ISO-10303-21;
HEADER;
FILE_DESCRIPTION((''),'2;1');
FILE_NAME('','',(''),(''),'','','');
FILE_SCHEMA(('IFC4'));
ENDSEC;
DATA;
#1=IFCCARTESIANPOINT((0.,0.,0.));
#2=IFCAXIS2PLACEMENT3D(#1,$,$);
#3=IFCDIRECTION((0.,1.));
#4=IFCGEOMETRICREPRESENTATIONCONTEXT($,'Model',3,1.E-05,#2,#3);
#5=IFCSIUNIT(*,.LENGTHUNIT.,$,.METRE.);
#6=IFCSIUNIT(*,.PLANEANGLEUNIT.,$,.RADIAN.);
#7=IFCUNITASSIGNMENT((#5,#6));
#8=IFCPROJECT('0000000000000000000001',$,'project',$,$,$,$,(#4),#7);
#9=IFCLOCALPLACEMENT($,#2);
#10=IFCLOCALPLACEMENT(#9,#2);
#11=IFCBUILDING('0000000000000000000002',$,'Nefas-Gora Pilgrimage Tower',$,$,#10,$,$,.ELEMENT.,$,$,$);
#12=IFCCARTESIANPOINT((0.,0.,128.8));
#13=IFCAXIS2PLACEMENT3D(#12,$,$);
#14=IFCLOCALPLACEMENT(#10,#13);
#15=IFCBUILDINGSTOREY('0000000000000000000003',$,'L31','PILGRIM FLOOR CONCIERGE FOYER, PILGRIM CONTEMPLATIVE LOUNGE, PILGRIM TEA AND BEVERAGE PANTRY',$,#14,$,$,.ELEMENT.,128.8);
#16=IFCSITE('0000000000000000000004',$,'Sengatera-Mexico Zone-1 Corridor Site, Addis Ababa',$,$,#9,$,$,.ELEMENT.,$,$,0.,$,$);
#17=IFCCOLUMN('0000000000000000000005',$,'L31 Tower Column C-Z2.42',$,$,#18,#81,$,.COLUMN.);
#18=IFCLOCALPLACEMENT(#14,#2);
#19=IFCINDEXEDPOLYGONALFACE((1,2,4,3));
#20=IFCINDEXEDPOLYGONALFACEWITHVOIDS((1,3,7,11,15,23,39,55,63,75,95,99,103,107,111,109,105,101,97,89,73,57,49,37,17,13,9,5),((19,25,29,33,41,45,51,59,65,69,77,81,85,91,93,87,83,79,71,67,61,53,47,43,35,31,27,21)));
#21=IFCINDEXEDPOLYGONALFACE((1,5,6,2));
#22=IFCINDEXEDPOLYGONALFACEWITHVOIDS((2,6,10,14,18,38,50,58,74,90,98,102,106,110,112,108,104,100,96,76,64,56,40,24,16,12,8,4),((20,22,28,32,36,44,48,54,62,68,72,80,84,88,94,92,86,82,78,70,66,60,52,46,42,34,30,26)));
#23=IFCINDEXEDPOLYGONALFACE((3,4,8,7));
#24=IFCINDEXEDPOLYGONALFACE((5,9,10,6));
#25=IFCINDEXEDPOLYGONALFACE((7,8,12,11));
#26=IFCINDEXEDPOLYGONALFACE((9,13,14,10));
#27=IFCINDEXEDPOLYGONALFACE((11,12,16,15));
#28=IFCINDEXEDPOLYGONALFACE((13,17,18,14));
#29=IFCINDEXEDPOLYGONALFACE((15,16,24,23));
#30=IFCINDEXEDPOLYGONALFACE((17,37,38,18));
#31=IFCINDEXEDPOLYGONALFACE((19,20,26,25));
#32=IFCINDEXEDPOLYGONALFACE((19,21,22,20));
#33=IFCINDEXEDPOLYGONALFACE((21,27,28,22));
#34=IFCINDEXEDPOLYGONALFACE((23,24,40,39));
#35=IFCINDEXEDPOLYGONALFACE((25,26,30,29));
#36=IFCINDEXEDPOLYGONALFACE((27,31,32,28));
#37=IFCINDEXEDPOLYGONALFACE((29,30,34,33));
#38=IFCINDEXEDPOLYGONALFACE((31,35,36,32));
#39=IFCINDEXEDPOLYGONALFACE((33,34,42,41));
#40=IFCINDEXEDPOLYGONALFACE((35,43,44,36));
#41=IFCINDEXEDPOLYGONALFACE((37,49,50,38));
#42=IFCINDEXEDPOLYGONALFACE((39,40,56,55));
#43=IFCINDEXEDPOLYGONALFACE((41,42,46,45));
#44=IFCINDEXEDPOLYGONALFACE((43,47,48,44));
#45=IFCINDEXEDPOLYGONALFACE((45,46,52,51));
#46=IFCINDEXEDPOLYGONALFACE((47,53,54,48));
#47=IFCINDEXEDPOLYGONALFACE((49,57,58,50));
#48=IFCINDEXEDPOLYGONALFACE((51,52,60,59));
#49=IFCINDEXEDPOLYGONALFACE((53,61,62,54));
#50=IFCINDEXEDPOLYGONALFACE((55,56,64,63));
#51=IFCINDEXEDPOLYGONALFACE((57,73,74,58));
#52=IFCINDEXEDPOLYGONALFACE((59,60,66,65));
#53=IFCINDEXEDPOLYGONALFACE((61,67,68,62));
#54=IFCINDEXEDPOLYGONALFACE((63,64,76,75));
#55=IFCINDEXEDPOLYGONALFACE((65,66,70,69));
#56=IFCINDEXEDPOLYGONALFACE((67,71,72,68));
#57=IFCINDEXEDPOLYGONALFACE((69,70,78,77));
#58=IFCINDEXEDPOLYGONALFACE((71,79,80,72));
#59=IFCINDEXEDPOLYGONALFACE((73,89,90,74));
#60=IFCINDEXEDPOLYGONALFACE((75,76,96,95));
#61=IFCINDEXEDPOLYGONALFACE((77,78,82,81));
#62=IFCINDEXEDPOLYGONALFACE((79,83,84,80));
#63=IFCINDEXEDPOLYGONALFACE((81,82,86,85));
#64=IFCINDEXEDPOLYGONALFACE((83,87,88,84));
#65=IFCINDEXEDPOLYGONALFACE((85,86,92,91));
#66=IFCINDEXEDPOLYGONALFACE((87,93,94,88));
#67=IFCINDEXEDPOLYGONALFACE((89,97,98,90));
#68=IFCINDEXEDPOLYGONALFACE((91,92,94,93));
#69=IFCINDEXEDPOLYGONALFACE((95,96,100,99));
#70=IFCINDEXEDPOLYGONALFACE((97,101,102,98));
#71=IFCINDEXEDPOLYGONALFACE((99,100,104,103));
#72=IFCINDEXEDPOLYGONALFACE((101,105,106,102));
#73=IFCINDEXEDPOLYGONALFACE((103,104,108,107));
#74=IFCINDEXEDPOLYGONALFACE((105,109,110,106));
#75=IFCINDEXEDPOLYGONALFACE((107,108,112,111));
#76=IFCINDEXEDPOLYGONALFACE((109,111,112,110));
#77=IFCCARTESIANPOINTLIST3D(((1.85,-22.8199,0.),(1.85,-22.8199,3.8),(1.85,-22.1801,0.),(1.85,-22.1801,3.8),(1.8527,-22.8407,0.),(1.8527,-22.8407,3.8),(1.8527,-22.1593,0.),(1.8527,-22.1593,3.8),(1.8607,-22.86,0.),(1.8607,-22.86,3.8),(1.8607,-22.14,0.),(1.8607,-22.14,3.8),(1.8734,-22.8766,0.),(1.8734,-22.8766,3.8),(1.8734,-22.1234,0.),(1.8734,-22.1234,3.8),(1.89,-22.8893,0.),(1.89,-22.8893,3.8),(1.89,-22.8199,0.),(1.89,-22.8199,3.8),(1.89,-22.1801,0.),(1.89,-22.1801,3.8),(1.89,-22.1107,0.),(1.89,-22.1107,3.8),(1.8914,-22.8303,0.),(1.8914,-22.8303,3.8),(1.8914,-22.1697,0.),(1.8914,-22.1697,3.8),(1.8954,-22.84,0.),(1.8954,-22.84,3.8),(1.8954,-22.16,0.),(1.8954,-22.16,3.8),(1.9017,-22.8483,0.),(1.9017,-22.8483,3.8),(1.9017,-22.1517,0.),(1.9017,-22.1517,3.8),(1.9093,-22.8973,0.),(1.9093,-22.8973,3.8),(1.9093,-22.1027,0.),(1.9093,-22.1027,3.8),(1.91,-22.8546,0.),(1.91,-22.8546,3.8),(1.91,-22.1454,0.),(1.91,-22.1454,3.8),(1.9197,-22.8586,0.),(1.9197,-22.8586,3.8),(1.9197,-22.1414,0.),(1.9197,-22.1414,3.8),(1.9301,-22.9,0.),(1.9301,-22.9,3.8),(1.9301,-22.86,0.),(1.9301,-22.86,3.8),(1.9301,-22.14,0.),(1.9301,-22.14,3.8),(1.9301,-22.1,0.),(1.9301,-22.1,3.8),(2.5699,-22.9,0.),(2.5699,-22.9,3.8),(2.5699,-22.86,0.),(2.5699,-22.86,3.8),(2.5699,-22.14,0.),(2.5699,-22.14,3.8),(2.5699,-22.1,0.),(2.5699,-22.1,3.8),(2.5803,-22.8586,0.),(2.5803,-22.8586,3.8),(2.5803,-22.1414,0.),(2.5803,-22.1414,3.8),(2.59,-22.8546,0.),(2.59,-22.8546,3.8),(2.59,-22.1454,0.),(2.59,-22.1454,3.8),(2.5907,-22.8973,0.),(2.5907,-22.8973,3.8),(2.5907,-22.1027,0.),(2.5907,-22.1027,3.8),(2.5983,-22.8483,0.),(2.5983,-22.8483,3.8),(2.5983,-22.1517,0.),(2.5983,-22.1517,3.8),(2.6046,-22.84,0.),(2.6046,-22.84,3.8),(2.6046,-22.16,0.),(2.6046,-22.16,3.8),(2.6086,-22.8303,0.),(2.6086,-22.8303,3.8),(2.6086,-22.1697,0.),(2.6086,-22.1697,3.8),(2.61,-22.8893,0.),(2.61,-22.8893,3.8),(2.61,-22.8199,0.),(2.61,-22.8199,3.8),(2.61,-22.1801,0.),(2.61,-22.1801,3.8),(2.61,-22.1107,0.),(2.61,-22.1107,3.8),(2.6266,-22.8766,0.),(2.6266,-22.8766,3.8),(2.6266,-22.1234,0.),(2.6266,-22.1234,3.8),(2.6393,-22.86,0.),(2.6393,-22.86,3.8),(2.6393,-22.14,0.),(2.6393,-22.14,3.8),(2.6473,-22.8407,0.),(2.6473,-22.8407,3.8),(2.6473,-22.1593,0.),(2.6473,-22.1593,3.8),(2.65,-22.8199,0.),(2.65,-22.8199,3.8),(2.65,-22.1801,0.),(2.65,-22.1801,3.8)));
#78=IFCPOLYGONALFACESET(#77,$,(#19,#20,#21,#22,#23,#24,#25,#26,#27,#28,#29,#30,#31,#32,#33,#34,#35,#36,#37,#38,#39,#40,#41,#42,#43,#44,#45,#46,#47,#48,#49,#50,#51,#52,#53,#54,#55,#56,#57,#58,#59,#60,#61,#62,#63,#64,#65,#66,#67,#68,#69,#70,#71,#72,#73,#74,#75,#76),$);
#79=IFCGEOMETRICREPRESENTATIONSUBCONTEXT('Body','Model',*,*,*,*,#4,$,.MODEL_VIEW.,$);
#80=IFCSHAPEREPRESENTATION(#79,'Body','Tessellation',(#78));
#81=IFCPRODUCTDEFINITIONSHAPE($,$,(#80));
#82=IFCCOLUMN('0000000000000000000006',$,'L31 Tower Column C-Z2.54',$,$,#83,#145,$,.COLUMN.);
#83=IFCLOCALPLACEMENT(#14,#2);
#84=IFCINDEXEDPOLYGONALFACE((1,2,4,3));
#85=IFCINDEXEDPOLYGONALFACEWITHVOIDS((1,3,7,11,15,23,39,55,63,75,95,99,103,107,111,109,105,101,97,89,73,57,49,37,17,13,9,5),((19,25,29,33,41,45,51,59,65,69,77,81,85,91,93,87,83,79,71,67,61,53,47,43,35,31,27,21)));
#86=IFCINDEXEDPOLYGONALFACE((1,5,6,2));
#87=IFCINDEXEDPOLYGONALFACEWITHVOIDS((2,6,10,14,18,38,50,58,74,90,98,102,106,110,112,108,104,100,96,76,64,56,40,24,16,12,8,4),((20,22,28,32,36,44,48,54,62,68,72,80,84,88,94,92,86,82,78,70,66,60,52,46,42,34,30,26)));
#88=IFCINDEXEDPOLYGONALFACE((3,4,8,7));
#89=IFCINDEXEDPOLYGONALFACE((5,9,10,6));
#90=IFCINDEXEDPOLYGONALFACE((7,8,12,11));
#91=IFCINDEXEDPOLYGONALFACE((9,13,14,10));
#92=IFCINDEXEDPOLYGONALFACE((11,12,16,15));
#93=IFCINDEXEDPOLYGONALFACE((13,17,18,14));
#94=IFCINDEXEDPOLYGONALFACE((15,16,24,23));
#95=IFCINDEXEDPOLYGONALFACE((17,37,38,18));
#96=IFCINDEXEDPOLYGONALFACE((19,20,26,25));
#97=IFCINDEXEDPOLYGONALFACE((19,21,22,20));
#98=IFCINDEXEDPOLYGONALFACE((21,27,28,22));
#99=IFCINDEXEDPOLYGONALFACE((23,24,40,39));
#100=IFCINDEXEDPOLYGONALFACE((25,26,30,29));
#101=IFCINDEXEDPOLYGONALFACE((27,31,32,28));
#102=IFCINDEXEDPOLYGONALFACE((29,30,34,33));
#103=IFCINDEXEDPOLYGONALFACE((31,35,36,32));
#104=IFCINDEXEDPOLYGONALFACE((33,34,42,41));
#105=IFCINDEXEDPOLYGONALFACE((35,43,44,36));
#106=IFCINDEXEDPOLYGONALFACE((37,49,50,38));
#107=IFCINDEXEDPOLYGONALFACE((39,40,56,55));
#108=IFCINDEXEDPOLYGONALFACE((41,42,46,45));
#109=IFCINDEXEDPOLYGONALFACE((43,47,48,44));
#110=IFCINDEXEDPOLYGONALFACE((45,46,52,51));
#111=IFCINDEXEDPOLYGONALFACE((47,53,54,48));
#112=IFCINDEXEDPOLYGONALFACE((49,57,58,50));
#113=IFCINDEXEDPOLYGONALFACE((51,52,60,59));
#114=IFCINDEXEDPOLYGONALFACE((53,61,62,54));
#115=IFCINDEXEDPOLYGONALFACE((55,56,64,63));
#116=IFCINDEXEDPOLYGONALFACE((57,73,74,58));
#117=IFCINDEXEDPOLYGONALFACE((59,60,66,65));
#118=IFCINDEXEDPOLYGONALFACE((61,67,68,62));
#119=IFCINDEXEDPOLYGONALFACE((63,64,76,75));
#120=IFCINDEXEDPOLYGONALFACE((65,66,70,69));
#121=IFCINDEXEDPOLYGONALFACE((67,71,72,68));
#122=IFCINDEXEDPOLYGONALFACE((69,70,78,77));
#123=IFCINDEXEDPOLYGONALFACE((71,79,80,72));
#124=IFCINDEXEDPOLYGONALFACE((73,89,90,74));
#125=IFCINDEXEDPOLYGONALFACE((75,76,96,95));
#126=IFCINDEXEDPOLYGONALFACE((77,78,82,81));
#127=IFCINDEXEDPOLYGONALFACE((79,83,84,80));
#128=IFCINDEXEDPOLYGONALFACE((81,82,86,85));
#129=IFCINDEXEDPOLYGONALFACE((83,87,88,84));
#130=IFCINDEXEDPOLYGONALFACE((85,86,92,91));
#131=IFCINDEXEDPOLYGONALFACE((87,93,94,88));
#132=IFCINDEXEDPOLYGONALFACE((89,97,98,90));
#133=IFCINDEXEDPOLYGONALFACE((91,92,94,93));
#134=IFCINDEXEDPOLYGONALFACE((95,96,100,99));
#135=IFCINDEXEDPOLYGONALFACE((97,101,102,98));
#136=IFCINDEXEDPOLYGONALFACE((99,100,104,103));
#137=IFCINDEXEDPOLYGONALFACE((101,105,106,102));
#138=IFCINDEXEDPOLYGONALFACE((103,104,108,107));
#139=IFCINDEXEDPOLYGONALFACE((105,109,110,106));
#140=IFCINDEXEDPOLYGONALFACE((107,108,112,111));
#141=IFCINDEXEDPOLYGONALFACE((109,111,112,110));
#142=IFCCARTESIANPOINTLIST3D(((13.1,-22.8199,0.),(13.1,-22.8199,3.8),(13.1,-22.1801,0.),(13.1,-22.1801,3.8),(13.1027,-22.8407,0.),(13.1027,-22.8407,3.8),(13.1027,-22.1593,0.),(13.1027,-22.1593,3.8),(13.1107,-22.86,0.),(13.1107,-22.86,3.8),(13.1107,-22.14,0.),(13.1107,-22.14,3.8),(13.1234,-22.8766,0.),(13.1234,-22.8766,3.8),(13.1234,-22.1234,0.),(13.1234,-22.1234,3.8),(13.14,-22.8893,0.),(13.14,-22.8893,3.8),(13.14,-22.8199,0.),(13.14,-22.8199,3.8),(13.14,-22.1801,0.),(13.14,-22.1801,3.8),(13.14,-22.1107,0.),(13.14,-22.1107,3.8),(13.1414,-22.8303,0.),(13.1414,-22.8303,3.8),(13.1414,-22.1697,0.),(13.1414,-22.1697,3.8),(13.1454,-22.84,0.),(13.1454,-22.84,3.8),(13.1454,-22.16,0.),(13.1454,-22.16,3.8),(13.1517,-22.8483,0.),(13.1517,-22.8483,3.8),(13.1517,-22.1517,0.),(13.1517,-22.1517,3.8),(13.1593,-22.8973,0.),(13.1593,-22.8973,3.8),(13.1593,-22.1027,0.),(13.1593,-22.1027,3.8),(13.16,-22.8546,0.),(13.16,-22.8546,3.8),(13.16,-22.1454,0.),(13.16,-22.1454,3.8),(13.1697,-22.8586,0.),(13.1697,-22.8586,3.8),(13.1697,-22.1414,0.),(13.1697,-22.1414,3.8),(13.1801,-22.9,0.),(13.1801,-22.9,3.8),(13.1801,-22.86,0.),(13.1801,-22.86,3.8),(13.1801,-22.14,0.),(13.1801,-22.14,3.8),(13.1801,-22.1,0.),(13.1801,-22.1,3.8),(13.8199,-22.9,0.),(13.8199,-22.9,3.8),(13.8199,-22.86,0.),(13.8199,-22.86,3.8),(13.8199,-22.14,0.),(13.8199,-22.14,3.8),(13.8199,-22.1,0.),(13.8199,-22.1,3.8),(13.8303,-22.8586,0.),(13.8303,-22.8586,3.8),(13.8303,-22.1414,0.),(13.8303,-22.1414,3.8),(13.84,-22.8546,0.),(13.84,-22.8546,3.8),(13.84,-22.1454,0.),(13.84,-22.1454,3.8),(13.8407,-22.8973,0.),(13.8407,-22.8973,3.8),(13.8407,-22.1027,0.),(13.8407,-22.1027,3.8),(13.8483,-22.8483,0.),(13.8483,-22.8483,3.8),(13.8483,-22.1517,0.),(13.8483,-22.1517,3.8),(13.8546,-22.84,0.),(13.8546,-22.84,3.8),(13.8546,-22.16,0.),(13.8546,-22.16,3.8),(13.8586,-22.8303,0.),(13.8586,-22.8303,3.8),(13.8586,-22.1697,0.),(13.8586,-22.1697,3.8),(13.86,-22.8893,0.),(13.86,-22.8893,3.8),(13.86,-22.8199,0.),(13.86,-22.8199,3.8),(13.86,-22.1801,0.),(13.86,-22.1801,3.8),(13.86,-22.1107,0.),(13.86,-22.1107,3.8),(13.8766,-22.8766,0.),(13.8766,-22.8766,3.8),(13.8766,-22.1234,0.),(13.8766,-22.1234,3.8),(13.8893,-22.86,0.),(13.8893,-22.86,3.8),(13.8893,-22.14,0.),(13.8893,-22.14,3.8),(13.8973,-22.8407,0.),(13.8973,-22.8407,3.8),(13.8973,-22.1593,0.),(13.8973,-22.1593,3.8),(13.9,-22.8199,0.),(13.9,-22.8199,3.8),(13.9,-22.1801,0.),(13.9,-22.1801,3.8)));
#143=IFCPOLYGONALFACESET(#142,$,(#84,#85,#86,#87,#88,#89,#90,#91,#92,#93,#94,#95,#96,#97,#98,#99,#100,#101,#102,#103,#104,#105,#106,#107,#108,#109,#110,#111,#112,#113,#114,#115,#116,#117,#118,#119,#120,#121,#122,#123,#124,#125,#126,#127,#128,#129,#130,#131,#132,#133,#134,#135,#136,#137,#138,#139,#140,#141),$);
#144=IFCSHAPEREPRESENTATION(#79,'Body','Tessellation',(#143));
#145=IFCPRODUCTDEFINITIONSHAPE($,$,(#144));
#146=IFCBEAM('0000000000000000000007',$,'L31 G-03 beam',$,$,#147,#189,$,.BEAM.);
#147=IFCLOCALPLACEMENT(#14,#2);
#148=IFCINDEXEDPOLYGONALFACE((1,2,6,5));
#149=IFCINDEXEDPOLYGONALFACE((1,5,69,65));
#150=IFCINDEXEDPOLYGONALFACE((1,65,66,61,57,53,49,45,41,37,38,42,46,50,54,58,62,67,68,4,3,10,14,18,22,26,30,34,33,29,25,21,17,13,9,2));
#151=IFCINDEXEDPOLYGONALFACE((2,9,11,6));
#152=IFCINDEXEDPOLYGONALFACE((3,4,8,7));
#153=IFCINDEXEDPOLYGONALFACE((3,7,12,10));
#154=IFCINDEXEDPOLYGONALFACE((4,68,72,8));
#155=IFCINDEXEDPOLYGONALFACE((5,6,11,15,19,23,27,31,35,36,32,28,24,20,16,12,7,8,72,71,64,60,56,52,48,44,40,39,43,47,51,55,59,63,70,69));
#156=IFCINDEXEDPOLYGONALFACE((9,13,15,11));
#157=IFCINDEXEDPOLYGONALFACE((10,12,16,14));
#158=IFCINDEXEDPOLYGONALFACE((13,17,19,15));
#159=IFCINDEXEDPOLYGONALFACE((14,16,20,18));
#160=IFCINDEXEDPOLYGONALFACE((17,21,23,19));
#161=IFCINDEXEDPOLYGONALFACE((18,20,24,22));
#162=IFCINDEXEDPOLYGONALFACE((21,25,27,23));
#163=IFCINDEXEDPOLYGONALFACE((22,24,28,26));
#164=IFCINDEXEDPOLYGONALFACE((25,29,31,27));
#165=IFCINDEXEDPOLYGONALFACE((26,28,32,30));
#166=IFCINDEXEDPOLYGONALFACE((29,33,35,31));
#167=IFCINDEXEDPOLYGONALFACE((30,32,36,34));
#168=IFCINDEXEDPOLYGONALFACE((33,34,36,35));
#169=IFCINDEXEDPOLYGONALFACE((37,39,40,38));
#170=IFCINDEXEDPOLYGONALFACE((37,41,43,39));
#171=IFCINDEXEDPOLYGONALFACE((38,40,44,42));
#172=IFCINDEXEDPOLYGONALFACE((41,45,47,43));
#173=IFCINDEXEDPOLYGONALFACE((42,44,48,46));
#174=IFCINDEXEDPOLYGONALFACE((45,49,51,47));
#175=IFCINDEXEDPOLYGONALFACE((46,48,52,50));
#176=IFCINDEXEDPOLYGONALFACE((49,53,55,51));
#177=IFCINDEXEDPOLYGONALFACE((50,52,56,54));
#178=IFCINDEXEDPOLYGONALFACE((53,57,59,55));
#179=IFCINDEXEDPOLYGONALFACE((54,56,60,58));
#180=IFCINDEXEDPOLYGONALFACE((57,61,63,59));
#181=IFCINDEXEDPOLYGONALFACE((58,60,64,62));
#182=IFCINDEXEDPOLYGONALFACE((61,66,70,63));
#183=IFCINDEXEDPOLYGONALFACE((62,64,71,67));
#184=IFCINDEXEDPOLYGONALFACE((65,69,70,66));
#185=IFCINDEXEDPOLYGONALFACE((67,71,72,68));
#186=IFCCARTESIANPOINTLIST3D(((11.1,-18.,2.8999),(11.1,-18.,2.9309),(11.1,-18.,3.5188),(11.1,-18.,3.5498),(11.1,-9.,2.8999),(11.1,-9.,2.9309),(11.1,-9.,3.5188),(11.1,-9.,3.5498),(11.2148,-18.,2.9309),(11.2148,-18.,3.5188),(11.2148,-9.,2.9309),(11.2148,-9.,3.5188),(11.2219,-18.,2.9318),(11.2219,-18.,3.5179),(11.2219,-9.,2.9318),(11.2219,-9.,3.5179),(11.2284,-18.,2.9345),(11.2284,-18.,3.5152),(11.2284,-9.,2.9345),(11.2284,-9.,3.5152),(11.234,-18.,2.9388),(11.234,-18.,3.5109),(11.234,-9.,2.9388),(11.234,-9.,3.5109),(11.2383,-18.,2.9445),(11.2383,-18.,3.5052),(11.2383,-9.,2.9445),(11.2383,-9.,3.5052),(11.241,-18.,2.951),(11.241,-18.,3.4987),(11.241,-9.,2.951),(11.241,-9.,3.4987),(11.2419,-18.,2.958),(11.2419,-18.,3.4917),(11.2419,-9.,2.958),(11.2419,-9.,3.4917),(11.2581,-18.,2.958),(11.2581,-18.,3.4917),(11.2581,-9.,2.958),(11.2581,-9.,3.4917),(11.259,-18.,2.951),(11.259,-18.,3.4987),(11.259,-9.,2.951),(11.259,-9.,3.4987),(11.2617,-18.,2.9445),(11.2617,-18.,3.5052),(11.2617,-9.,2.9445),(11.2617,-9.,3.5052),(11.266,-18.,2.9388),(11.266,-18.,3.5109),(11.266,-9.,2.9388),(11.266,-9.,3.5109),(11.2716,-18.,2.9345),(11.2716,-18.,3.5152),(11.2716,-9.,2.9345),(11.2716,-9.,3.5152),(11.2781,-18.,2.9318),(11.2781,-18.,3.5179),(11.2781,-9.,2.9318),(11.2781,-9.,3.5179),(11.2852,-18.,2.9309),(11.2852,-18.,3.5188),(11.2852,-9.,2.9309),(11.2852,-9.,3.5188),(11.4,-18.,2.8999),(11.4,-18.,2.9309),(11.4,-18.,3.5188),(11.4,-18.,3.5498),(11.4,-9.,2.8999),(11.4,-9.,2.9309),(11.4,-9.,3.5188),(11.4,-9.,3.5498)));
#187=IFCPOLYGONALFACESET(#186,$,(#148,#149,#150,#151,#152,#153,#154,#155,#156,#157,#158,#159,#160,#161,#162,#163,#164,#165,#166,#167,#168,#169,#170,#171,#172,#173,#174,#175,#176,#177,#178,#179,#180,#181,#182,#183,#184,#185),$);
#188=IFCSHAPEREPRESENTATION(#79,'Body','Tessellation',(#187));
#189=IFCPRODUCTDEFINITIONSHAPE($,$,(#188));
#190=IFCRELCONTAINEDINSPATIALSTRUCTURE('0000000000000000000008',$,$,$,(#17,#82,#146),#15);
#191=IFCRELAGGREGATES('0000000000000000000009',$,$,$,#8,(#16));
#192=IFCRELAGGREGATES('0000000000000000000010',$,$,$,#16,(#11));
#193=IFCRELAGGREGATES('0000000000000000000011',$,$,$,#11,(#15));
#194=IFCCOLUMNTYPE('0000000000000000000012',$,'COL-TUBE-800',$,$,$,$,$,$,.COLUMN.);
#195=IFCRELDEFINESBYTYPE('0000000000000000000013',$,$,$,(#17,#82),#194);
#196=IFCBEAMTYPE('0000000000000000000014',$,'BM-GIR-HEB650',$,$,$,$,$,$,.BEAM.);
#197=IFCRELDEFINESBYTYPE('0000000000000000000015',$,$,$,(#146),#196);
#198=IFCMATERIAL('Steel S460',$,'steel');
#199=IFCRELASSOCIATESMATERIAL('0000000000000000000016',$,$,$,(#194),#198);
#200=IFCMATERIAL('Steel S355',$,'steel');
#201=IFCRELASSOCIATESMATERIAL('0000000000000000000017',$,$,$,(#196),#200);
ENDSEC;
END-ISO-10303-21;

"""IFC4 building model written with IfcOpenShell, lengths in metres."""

from ifc_helpers import new_model, si_unit, direction, frame, origin, origin_2d, place, context, subcontext, project, spatial, hollow_rectangle, i_section, extrude, source, transform, mapped, material, material_profile, profile_set, type_object, element, save


model = new_model("IFC4")

# Units and contexts
model_context = context("Model", 3, precision=1e-05, world=origin(), true_north=direction((0.0, 1.0)))
body_context = subcontext(model_context, "Body", "Model", "MODEL_VIEW")
ifc_project = project(units=[si_unit("LENGTHUNIT", "METRE"), si_unit("PLANEANGLEUNIT", "RADIAN")], contexts=[model_context])

# Site, building, storey
site_placement = place(None, origin())
site = spatial("IfcSite", under=ifc_project, at=site_placement, Name="Sengatera-Mexico Zone-1 Corridor Site, Addis Ababa", CompositionType="ELEMENT", RefElevation=0.0)
building_placement = place(site_placement, origin())
building = spatial("IfcBuilding", under=site, at=building_placement, Name="Nefas-Gora Pilgrimage Tower", CompositionType="ELEMENT")
storey_placement = place(building_placement, frame((0.0, 0.0, 128.8)))
storey = spatial("IfcBuildingStorey", under=building, at=storey_placement, Name="L31", Description="PILGRIM FLOOR CONCIERGE FOYER, PILGRIM CONTEMPLATIVE LOUNGE, PILGRIM TEA AND BEVERAGE PANTRY", CompositionType="ELEMENT", Elevation=128.8)

# Columns
ifc_material_1 = material(Name="Steel S460", Category="steel")
ifc_material_profile_1 = material_profile(ifc_material_1, hollow_rectangle(XDim=0.8, YDim=0.8, WallThickness=0.04, InnerFilletRadius=0.04, OuterFilletRadius=0.0801, at=origin_2d()), Name="BOX 800x800x40")
ifc_profile_set_1 = profile_set([ifc_material_profile_1], Name="Steel S460")
column_type_1 = type_object("IfcColumnType", Name="COL-TUBE-800", PredefinedType="COLUMN", material=ifc_profile_set_1)
shared_shape_1 = source(origin(), body_context, "Body", "SweptSolid", [
    extrude(hollow_rectangle(XDim=0.8, YDim=0.8, WallThickness=0.04, InnerFilletRadius=0.04, OuterFilletRadius=0.0801, at=origin_2d()), origin(), (0.0, 0.0, 1.0), 3.8),
])
for number, where, z_axis, x_axis, name in (
    (1, (2.25, -22.5, 0.0), (0.0, 0.0, 1.0), (1.0, 0.0, 0.0), "L31 Tower Column C-Z2.42"),
    (2, (13.5, -22.5, 0.0), (0.0, 0.0, 1.0), (1.0, 0.0, 0.0), "L31 Tower Column C-Z2.54"),
):
    element("IfcColumn", number, at=place(storey_placement, frame(where, z_axis=z_axis, x_axis=x_axis)), inside=storey, type_object=column_type_1, Name=name, PredefinedType="COLUMN", context=body_context, shape_type="MappedRepresentation", body=[
        mapped(shared_shape_1, transform((0.0, 0.0, 0.0), x_axis=(1.0, 0.0, 0.0), y_axis=(0.0, 1.0, 0.0), z_axis=(0.0, 0.0, 1.0), scale=1.0)),
    ])

# Beam
ifc_material_2 = material(Name="Steel S355", Category="steel")
ifc_material_profile_2 = material_profile(ifc_material_2, i_section(OverallWidth=0.3, OverallDepth=0.6499, WebThickness=0.0161, FlangeThickness=0.031, FilletRadius=0.0271, at=origin_2d()), Name="HEB 650")
ifc_profile_set_2 = profile_set([ifc_material_profile_2], Name="Steel S355")
beam_type_1 = type_object("IfcBeamType", Name="BM-GIR-HEB650", PredefinedType="BEAM", material=ifc_profile_set_2)
shared_shape_2 = source(origin(), body_context, "Body", "SweptSolid", [
    extrude(i_section(OverallWidth=0.3, OverallDepth=0.6499, WebThickness=0.0161, FlangeThickness=0.031, FilletRadius=0.0271, at=origin_2d()), origin(), (0.0, 0.0, 1.0), 9.0),
])
beam_1_placement = place(storey_placement, frame((11.25, -18.0, 3.2249), z_axis=(0.0, 1.0, 0.0), x_axis=(-1.0, 0.0, 0.0)))
element("IfcBeam", 3, at=beam_1_placement, inside=storey, type_object=beam_type_1, Name="L31 G-03 beam", PredefinedType="BEAM", context=body_context, shape_type="MappedRepresentation", body=[
    mapped(shared_shape_2, transform((0.0, 0.0, 0.0), x_axis=(1.0, 0.0, 0.0), y_axis=(0.0, 1.0, 0.0), z_axis=(0.0, 0.0, 1.0), scale=1.0)),
])

save(model, "model.ifc")
